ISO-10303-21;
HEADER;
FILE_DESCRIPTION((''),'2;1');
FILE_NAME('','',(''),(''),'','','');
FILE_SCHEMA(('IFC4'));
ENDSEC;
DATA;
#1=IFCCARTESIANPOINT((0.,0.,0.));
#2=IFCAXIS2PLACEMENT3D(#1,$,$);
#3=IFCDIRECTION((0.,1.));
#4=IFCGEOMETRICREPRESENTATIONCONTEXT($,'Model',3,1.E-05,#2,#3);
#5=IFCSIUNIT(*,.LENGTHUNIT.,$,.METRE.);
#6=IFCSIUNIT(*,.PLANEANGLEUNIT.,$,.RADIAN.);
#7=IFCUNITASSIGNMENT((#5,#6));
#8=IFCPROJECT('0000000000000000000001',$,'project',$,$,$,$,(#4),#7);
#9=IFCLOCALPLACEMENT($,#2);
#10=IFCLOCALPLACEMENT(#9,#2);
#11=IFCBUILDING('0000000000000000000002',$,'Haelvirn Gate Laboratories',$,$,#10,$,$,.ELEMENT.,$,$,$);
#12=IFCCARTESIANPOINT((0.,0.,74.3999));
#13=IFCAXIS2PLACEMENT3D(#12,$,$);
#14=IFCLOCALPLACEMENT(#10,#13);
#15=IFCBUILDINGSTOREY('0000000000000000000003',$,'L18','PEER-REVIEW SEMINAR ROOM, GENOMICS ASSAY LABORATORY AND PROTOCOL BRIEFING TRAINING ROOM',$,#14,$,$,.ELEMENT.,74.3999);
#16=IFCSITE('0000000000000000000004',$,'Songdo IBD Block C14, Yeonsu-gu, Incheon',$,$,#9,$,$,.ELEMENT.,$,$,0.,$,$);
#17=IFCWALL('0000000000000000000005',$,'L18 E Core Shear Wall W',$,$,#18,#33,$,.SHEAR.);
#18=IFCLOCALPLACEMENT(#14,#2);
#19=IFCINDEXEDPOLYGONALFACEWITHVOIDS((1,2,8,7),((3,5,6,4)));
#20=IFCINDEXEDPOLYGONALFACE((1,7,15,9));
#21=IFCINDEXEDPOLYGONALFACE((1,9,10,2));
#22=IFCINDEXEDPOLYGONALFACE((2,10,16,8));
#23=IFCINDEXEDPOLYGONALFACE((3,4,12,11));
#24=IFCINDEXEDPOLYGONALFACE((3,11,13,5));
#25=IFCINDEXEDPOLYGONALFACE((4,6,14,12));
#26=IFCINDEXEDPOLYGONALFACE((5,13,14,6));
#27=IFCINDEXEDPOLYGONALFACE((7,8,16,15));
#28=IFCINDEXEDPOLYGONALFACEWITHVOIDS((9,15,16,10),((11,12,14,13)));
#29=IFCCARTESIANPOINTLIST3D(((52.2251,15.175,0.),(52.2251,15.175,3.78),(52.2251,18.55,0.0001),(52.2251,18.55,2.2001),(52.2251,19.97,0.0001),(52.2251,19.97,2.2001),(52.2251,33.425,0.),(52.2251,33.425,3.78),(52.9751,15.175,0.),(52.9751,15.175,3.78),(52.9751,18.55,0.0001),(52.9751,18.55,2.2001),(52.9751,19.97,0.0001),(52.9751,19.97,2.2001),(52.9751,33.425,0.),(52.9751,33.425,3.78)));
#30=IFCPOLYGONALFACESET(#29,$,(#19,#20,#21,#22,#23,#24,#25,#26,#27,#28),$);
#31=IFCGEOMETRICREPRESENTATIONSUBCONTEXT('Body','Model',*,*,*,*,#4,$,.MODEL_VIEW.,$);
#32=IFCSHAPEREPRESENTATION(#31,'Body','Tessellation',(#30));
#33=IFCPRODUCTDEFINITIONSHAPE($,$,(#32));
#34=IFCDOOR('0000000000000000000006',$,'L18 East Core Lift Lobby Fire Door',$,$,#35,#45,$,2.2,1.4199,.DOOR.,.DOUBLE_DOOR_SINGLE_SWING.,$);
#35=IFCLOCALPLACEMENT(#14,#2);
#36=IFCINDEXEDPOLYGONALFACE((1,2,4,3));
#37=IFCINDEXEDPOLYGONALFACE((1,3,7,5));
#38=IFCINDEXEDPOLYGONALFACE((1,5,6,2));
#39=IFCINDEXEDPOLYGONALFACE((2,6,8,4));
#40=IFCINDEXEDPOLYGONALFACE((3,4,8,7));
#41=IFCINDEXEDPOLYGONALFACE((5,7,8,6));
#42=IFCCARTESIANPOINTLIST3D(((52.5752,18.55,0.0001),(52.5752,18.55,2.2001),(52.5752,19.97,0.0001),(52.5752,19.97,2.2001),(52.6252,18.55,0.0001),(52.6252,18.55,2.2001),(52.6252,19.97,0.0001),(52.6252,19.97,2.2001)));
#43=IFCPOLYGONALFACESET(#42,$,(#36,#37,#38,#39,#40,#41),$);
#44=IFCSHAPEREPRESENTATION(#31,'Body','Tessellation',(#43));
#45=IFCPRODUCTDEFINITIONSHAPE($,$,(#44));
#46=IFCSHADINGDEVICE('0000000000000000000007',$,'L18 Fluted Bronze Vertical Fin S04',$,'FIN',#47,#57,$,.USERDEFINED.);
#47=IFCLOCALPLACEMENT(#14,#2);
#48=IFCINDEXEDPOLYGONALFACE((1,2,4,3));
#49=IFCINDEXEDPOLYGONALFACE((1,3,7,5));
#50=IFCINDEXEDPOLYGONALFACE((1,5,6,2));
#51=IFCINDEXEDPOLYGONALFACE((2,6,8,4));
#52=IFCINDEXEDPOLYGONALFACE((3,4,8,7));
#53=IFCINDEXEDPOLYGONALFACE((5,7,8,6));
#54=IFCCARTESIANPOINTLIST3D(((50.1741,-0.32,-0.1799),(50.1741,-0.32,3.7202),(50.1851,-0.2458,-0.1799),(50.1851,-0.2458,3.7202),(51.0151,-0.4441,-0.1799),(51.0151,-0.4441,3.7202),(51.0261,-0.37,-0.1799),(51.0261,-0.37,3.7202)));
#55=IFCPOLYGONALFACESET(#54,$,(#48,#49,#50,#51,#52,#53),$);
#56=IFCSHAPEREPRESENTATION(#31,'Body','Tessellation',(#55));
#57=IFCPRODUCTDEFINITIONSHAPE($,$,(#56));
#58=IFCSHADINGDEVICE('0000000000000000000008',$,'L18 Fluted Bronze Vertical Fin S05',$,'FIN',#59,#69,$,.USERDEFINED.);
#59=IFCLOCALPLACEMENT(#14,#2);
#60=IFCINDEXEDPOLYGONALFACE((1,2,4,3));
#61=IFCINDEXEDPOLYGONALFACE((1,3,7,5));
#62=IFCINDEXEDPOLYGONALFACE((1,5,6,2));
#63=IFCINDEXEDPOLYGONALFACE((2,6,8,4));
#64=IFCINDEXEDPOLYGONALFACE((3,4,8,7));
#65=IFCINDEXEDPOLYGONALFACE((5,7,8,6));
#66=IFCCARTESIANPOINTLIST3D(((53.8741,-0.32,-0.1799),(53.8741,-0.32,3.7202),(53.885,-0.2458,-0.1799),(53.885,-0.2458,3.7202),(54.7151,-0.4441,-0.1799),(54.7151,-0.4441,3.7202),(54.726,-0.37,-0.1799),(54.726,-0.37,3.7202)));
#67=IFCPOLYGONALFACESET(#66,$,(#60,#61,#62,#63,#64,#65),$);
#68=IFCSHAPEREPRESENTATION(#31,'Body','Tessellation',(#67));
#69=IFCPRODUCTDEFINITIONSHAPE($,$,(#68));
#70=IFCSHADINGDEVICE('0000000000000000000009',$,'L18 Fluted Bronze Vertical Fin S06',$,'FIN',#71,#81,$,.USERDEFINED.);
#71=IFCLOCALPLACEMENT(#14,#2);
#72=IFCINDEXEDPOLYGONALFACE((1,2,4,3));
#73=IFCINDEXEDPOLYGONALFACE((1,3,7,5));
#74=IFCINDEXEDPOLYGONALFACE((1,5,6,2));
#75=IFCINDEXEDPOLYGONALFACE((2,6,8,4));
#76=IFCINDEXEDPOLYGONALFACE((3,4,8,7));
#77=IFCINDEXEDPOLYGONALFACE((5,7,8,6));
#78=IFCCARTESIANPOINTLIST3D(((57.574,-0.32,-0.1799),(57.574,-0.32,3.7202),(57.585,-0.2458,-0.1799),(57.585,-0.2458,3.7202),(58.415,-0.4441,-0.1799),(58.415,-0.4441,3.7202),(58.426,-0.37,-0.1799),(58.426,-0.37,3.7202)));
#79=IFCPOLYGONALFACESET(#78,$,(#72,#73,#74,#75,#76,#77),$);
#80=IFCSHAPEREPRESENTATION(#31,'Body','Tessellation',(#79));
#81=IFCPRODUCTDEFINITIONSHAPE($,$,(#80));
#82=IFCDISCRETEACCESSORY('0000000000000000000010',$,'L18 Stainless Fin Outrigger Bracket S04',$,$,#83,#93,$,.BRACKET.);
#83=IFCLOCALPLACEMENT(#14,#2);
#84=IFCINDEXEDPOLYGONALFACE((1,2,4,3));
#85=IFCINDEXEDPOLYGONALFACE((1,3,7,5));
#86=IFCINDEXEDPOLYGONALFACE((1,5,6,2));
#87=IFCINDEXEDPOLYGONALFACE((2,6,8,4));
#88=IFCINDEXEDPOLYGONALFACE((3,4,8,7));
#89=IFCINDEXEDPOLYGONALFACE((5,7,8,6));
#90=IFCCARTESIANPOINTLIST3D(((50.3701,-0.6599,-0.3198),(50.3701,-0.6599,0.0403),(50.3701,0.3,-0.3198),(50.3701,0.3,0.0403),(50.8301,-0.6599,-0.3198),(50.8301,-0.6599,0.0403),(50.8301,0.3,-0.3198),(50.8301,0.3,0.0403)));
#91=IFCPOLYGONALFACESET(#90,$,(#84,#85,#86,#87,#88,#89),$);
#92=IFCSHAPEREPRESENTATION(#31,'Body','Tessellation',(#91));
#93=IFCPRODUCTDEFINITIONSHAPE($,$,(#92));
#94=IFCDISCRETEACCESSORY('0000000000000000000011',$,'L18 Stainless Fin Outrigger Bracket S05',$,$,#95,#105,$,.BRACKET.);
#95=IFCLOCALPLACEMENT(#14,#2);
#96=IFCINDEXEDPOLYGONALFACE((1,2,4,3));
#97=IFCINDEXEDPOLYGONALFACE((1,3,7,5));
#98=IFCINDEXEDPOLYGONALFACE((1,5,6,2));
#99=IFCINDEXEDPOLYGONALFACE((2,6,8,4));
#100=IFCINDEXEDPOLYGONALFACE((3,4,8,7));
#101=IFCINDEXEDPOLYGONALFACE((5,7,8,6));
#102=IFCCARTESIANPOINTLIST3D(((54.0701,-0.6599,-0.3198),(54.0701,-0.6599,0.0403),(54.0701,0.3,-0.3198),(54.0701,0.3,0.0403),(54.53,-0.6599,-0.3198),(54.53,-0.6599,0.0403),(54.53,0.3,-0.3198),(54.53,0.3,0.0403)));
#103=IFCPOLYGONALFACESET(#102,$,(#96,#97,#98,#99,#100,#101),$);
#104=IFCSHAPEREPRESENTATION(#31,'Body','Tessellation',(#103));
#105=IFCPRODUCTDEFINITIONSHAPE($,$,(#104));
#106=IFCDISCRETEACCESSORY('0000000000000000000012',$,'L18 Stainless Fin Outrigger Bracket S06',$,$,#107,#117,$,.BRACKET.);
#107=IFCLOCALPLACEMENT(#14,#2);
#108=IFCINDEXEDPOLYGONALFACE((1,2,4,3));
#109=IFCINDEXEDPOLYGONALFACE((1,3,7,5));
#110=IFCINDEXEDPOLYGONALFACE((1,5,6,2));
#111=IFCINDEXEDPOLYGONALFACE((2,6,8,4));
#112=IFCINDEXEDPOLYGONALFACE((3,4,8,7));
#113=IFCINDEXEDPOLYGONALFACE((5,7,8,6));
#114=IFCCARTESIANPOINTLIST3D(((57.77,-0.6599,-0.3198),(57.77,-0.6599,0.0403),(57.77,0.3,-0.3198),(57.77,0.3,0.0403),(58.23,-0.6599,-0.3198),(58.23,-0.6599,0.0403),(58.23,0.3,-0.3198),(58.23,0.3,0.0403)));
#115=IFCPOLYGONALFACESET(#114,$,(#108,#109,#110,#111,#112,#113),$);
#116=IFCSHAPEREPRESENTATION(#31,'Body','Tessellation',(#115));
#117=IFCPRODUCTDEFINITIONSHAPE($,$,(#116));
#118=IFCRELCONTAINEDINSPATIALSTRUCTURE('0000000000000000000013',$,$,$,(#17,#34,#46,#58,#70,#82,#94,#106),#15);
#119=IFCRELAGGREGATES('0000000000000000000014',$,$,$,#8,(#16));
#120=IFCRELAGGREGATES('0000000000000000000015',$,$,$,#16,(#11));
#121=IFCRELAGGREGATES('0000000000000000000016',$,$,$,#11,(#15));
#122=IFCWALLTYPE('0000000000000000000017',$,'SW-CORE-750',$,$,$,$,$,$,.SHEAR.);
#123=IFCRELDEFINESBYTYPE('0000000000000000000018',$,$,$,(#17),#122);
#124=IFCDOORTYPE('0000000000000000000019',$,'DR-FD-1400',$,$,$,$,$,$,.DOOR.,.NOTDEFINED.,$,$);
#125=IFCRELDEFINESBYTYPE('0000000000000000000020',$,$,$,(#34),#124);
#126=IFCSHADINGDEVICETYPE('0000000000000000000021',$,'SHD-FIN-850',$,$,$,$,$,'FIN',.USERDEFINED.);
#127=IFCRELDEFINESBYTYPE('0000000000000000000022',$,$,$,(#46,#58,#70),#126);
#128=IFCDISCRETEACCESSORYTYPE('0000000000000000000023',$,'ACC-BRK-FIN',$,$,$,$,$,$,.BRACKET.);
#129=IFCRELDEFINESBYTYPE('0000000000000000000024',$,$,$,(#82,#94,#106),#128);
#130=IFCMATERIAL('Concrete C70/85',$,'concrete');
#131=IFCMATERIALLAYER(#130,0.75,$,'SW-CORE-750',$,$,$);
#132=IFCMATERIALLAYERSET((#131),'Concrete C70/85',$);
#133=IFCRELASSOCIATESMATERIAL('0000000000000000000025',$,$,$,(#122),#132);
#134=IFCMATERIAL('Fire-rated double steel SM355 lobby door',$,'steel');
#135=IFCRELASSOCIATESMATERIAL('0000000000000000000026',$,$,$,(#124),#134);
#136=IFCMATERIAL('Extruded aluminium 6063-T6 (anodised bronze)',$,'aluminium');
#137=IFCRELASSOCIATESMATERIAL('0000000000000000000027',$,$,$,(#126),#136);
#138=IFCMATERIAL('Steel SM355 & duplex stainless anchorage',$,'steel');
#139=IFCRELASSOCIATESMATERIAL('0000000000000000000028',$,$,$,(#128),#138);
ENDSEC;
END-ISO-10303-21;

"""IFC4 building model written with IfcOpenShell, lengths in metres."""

from ifc_helpers import new_model, si_unit, direction, frame, frame_2d, origin, origin_2d, place, context, subcontext, project, spatial, rectangle, extrude, source, transform, mapped, material, layer, layer_set, material_profile, profile_set, type_object, type_shapes, element, fill, save


model = new_model("IFC4")

# Units and contexts
model_context = context("Model", 3, precision=1e-05, world=origin(), true_north=direction((0.0, 1.0)))
body_context = subcontext(model_context, "Body", "Model", "MODEL_VIEW")
ifc_project = project(units=[si_unit("LENGTHUNIT", "METRE"), si_unit("PLANEANGLEUNIT", "RADIAN")], contexts=[model_context])

# Site, building, storey
site_placement = place(None, origin())
site = spatial("IfcSite", under=ifc_project, at=site_placement, Name="Songdo IBD Block C14, Yeonsu-gu, Incheon", CompositionType="ELEMENT", RefElevation=0.0)
building_placement = place(site_placement, origin())
building = spatial("IfcBuilding", under=site, at=building_placement, Name="Haelvirn Gate Laboratories", CompositionType="ELEMENT")
storey_placement = place(building_placement, frame((0.0, 0.0, 74.3999)))
storey = spatial("IfcBuildingStorey", under=building, at=storey_placement, Name="L18", Description="PEER-REVIEW SEMINAR ROOM, GENOMICS ASSAY LABORATORY AND PROTOCOL BRIEFING TRAINING ROOM", CompositionType="ELEMENT", Elevation=74.3999)

# Shared definitions
ifc_material_1 = material(Name="Concrete C70/85", Category="concrete")

# Shared definitions
ifc_layer_1 = layer(ifc_material_1, 0.75, Name="SW-CORE-750")
ifc_layer_set_1 = layer_set([ifc_layer_1], Name="Concrete C70/85")
wall_type_1 = type_object("IfcWallType", Name="SW-CORE-750", PredefinedType="SHEAR", material=ifc_layer_set_1)

# Wall, opening, door
wall_1_placement = place(storey_placement, frame((52.6001, 15.175, 0.0), z_axis=(0.0, 0.0, 1.0), x_axis=(0.0, 1.0, 0.0)))
wall_1 = element("IfcWall", 1, at=wall_1_placement, inside=storey, type_object=wall_type_1, Name="L18 E Core Shear Wall W", PredefinedType="SHEAR", context=body_context, shape_type="SweptSolid", body=[
    extrude(rectangle(XDim=18.25, YDim=0.75, at=frame_2d((9.125, 0.0))), origin(), (0.0, 0.0, 1.0), 3.78),
])
opening_1_placement = place(wall_1_placement, frame((3.375, 0.0, 0.0)))
opening_1 = element("IfcOpeningElement", 2, at=opening_1_placement, cuts=wall_1, PredefinedType="OPENING", context=body_context, shape_type="SweptSolid", body=[
    extrude(rectangle(XDim=1.4199, YDim=2.2, at=frame_2d((0.71, 1.1001))), frame((0.0, 0.385, 0.0), z_axis=(0.0, -1.0, 0.0), x_axis=(1.0, 0.0, 0.0)), (0.0, 0.0, 1.0), 0.77),
])
ifc_material_2 = material(Name="Fire-rated double steel SM355 lobby door", Category="steel")
door_type_1 = type_object("IfcDoorType", Name="DR-FD-1400", OperationType="NOTDEFINED", PredefinedType="DOOR", material=ifc_material_2)
shared_shape_1 = source(origin(), body_context, "Body", "SweptSolid", [
    extrude(rectangle(XDim=1.4199, YDim=2.2, at=frame_2d((0.71, 1.1001))), frame((0.0, 0.0249, 0.0), z_axis=(0.0, -1.0, 0.0), x_axis=(1.0, 0.0, 0.0)), (0.0, 0.0, 1.0), 0.05),
])
type_shapes(door_type_1, [shared_shape_1])
door_1_placement = place(opening_1_placement, origin())
door_1 = element("IfcDoor", 3, at=door_1_placement, inside=storey, type_object=door_type_1, Name="L18 East Core Lift Lobby Fire Door", OperationType="DOUBLE_DOOR_SINGLE_SWING", OverallHeight=2.2, OverallWidth=1.4199, PredefinedType="DOOR", context=body_context, shape_type="MappedRepresentation", body=[
    mapped(shared_shape_1, transform((0.0, 0.0, 0.0), scale=1.0)),
])
fill(opening_1, door_1)

# Shading devices
ifc_material_3 = material(Name="Extruded aluminium 6063-T6 (anodised bronze)", Category="aluminium")
ifc_material_profile_1 = material_profile(ifc_material_3, rectangle(XDim=0.075, YDim=0.8501, at=origin_2d()), Name="FIN-850x75")
ifc_profile_set_1 = profile_set([ifc_material_profile_1], Name="Extruded aluminium 6063-T6 (anodised bronze)")
shading_device_type = type_object("IfcShadingDeviceType", Name="SHD-FIN-850", ElementType="FIN", PredefinedType="USERDEFINED", material=ifc_profile_set_1)
shared_shape_2 = source(origin(), body_context, "Body", "SweptSolid", [
    extrude(rectangle(XDim=0.075, YDim=0.8501, at=origin_2d()), origin(), (0.0, 0.0, 1.0), 3.9001),
])
type_shapes(shading_device_type, [shared_shape_2])
for number, where, z_axis, x_axis, name in (
    (4, (50.6001, -0.345, -0.1799), (0.0, 0.0, 1.0), (0.146083, 0.989272, 0.0), "L18 Fluted Bronze Vertical Fin S04"),
    (5, (54.3, -0.345, -0.1799), (0.0, 0.0, 1.0), (0.146083, 0.989272, 0.0), "L18 Fluted Bronze Vertical Fin S05"),
    (6, (58.0, -0.345, -0.1799), (0.0, 0.0, 1.0), (0.146083, 0.989272, 0.0), "L18 Fluted Bronze Vertical Fin S06"),
):
    element("IfcShadingDevice", number, at=place(storey_placement, frame(where, z_axis=z_axis, x_axis=x_axis)), inside=storey, type_object=shading_device_type, Name=name, ObjectType="FIN", PredefinedType="USERDEFINED", context=body_context, shape_type="MappedRepresentation", body=[
        mapped(shared_shape_2, transform((0.0, 0.0, 0.0), scale=1.0)),
    ])

# Discrete accessories
ifc_material_4 = material(Name="Steel SM355 & duplex stainless anchorage", Category="steel")
discrete_accessory_type = type_object("IfcDiscreteAccessoryType", Name="ACC-BRK-FIN", PredefinedType="BRACKET", material=ifc_material_4)
shared_shape_3 = source(origin(), body_context, "Body", "SweptSolid", [
    extrude(rectangle(XDim=0.46, YDim=0.96, at=origin_2d()), origin(), (0.0, 0.0, 1.0), 0.3601),
])
type_shapes(discrete_accessory_type, [shared_shape_3])
for number, where, z_axis, x_axis, name in (
    (7, (50.6001, -0.1799, -0.3198), (0.0, 0.0, 1.0), (1.0, 0.0, 0.0), "L18 Stainless Fin Outrigger Bracket S04"),
    (8, (54.3, -0.1799, -0.3198), (0.0, 0.0, 1.0), (1.0, 0.0, 0.0), "L18 Stainless Fin Outrigger Bracket S05"),
    (9, (58.0, -0.1799, -0.3198), (0.0, 0.0, 1.0), (1.0, 0.0, 0.0), "L18 Stainless Fin Outrigger Bracket S06"),
):
    element("IfcDiscreteAccessory", number, at=place(storey_placement, frame(where, z_axis=z_axis, x_axis=x_axis)), inside=storey, type_object=discrete_accessory_type, Name=name, PredefinedType="BRACKET", context=body_context, shape_type="MappedRepresentation", body=[
        mapped(shared_shape_3, transform((0.0, 0.0, 0.0), scale=1.0)),
    ])

save(model, "model.ifc")
